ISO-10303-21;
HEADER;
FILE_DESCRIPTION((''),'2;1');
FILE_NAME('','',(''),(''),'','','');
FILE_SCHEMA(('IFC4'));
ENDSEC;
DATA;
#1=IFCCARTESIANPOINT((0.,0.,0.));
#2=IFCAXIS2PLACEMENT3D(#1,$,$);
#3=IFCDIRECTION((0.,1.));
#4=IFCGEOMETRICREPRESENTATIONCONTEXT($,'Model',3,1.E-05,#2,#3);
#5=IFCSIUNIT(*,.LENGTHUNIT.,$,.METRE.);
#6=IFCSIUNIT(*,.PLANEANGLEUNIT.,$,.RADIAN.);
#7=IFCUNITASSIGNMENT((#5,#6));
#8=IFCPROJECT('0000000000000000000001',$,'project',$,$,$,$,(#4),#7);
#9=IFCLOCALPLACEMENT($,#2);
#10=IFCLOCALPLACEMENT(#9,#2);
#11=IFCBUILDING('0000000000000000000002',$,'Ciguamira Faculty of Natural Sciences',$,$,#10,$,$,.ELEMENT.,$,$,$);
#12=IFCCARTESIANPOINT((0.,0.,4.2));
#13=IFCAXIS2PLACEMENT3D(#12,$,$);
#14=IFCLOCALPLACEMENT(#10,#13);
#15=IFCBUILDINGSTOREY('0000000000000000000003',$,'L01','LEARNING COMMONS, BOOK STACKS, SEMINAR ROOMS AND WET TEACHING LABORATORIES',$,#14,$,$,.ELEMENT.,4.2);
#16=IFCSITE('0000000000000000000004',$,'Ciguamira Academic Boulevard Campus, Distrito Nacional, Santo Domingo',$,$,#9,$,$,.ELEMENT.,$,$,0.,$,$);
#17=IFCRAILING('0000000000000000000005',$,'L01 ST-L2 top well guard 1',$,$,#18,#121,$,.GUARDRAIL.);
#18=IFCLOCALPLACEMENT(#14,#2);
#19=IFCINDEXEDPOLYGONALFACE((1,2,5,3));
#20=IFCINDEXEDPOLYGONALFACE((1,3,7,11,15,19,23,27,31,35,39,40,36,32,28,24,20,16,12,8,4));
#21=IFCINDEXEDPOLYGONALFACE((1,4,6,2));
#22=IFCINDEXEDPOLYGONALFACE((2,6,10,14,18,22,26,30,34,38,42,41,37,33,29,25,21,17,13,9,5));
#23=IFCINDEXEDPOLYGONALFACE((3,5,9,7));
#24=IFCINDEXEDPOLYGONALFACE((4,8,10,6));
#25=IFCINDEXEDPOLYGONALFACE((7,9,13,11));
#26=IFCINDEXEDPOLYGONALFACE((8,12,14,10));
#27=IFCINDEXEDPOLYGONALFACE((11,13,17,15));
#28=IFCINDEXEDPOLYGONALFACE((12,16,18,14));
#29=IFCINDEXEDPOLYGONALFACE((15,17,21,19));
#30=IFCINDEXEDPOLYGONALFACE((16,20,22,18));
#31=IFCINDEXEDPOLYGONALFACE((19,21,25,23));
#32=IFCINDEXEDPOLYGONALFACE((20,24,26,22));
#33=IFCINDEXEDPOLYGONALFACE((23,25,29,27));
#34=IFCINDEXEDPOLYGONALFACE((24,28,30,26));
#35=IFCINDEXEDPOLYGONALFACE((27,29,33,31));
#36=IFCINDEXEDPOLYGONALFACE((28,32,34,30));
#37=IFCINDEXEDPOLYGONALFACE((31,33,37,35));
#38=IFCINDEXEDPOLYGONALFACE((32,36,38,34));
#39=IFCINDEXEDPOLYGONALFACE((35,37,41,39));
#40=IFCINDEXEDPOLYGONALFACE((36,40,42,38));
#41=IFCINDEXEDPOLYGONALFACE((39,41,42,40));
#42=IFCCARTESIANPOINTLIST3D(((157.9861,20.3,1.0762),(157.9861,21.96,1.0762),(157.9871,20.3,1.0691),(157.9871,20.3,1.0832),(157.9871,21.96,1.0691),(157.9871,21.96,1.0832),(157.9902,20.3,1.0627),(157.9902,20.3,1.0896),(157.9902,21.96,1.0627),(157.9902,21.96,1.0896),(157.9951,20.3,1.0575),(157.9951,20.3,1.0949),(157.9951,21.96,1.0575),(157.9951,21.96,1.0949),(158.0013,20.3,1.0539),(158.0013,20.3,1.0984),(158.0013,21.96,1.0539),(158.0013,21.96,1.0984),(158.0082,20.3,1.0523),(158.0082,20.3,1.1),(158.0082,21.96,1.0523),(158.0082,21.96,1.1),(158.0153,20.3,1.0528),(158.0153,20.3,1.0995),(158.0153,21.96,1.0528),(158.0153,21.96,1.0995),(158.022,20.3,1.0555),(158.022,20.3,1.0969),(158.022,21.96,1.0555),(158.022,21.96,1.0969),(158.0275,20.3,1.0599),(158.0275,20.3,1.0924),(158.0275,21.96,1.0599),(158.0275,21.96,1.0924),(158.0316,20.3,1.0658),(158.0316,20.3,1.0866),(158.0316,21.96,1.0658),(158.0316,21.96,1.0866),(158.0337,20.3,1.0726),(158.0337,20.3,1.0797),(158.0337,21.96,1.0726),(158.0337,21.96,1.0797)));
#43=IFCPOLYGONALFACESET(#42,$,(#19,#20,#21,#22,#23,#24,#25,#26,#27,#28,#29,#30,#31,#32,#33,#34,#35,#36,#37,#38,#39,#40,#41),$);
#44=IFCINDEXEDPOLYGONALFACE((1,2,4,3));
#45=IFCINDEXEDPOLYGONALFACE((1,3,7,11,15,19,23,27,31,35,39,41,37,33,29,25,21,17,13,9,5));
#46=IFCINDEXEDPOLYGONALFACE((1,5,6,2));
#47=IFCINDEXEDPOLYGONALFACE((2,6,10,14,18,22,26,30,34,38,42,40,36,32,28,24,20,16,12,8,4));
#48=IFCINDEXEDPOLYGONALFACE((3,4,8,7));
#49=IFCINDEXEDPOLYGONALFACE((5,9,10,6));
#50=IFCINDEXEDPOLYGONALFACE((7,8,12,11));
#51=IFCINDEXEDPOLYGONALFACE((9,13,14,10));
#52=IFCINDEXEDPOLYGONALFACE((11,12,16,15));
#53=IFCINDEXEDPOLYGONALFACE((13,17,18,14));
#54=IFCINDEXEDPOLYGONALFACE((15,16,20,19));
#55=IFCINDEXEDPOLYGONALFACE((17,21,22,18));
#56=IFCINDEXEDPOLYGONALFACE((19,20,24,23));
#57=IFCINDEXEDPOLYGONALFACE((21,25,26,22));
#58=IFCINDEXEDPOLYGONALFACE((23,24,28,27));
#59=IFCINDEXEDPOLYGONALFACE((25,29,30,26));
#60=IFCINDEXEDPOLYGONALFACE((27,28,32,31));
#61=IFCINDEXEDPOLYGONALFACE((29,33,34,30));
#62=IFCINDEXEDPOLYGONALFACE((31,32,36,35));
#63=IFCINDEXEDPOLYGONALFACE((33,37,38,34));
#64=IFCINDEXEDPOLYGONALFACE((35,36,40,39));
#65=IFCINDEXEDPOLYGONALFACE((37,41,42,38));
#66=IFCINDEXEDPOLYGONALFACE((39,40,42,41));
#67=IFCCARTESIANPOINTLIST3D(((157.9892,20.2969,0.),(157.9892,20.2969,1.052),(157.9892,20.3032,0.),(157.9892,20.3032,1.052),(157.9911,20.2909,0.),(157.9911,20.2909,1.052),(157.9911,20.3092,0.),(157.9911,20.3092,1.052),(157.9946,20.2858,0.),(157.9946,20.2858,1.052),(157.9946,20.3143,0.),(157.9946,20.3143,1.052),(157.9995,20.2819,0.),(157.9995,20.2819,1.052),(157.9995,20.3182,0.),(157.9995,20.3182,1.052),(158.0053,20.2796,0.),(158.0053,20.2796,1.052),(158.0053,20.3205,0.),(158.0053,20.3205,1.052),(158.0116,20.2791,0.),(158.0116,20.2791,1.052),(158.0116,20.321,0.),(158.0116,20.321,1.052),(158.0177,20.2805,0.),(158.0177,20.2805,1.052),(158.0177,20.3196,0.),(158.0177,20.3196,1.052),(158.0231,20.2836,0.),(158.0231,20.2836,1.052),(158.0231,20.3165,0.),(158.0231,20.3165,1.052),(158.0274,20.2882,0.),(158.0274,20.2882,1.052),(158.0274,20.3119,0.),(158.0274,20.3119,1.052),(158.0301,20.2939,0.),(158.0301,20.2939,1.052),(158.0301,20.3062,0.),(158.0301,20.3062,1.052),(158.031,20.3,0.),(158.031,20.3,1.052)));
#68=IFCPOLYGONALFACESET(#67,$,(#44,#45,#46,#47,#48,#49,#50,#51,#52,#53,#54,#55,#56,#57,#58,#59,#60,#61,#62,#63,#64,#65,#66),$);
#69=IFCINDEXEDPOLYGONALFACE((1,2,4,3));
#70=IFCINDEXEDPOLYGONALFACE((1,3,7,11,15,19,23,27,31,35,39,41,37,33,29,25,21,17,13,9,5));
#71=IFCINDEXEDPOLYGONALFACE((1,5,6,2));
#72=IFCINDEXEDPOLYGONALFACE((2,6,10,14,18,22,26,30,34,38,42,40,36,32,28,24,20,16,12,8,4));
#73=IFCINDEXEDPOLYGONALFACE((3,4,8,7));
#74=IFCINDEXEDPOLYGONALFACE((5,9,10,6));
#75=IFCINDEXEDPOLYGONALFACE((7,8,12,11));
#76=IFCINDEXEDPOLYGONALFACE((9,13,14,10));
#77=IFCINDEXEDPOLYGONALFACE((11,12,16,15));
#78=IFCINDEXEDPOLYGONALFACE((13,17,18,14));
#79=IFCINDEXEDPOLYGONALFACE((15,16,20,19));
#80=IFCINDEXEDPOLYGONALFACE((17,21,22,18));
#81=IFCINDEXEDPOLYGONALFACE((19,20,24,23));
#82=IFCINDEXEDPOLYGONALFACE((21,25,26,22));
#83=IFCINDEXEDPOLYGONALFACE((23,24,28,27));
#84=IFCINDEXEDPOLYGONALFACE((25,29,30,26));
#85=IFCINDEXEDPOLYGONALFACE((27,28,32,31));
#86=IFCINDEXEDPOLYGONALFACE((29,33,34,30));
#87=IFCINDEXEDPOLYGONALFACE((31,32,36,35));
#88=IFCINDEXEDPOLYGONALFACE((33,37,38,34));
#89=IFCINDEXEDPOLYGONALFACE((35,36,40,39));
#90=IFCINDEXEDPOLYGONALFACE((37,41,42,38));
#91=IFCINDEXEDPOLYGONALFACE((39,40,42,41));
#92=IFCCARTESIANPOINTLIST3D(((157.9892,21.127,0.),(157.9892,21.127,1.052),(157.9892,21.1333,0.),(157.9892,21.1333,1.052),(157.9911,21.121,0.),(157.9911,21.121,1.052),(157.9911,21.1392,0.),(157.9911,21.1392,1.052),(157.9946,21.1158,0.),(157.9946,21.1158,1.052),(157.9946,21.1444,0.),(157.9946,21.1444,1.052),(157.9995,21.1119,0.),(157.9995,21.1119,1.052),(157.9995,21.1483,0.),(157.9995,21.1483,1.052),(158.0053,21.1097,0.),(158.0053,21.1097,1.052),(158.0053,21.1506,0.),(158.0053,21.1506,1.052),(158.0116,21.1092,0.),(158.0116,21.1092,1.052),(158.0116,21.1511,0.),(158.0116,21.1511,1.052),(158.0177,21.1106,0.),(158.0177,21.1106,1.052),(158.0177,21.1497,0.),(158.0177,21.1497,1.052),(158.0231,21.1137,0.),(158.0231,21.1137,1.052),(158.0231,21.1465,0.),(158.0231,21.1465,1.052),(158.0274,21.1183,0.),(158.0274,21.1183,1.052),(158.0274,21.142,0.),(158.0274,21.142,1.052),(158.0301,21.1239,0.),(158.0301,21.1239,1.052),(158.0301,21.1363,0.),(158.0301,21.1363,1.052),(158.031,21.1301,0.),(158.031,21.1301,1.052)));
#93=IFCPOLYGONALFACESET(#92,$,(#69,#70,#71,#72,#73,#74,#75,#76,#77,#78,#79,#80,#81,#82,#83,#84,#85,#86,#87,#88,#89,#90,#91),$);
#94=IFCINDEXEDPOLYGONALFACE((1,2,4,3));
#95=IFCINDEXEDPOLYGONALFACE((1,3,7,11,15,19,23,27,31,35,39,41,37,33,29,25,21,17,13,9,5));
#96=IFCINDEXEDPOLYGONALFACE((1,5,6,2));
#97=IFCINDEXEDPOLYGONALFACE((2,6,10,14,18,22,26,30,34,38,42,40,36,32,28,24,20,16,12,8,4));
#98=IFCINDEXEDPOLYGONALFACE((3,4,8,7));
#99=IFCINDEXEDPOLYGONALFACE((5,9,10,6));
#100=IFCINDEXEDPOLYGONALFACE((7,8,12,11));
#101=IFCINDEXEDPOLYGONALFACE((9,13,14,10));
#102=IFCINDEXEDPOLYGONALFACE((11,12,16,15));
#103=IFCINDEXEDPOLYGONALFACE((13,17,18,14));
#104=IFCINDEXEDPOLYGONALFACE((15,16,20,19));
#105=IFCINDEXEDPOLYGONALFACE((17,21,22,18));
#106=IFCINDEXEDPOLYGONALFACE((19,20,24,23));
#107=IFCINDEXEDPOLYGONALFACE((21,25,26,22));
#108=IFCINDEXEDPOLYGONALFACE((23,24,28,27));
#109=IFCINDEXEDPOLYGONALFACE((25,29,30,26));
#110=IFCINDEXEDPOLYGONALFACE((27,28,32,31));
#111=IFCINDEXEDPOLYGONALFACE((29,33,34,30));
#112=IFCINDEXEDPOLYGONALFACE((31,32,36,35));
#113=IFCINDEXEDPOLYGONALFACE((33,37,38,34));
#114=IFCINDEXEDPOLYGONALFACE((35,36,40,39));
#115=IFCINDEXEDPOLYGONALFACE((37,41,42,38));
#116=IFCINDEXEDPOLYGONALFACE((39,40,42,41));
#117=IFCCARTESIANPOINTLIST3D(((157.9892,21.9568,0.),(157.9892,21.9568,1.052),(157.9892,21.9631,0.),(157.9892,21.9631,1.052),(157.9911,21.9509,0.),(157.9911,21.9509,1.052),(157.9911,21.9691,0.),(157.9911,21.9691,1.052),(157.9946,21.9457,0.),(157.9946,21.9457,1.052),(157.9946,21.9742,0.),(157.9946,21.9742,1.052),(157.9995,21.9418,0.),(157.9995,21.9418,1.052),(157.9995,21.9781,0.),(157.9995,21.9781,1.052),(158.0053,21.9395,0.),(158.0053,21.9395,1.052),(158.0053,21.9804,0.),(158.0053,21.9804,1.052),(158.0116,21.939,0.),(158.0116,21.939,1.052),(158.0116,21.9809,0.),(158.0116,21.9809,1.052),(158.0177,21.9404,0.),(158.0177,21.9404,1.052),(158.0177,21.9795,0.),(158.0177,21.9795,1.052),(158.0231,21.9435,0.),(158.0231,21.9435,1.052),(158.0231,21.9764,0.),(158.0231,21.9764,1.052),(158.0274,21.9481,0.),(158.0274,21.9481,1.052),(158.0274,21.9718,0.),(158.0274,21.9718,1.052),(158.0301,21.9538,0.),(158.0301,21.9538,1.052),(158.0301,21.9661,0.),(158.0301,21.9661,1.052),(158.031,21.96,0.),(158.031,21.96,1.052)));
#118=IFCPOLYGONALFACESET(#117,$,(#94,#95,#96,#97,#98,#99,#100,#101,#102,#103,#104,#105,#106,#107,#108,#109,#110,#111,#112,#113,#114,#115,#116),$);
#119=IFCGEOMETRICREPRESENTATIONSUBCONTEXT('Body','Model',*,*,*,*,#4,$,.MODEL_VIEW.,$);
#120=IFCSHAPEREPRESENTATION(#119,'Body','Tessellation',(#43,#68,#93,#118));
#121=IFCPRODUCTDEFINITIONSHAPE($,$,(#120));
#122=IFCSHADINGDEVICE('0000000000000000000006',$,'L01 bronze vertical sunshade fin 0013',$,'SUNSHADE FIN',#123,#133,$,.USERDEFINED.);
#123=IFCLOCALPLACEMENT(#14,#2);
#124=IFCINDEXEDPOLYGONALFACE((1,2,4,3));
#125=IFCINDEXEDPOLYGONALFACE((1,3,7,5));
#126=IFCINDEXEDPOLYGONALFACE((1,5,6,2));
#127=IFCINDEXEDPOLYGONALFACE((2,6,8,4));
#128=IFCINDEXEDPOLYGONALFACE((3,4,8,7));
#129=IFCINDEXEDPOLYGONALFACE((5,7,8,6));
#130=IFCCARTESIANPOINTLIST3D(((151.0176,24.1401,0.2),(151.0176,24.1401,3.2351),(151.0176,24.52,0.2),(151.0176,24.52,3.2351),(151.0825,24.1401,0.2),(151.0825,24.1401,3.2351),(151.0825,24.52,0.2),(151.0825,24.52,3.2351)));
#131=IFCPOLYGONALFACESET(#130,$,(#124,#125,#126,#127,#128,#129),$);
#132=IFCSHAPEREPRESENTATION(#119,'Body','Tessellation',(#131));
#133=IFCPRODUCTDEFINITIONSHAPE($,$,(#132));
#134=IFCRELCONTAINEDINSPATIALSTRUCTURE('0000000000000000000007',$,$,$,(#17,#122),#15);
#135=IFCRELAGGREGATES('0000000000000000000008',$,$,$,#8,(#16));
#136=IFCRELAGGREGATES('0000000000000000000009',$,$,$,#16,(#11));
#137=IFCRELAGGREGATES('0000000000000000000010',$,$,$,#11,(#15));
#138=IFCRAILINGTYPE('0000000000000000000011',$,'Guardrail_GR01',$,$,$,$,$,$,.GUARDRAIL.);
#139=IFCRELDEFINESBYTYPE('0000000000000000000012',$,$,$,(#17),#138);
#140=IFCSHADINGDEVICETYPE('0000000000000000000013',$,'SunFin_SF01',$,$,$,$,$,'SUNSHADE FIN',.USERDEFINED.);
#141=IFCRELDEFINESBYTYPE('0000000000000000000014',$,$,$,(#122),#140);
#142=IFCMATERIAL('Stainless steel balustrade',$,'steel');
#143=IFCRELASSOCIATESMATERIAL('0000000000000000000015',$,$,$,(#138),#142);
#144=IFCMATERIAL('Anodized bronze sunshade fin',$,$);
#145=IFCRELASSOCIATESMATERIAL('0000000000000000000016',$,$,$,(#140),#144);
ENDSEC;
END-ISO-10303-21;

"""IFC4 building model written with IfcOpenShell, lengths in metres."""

from ifc_helpers import new_model, si_unit, direction, frame, origin, origin_2d, place, context, subcontext, project, spatial, rectangle, circle, extrude, material, material_profile, profile_set, type_object, element, save


model = new_model("IFC4")

# Units and contexts
model_context = context("Model", 3, precision=1e-05, world=origin(), true_north=direction((0.0, 1.0)))
body_context = subcontext(model_context, "Body", "Model", "MODEL_VIEW")
ifc_project = project(units=[si_unit("LENGTHUNIT", "METRE"), si_unit("PLANEANGLEUNIT", "RADIAN")], contexts=[model_context])

# Site, building, storey
site_placement = place(None, origin())
site = spatial("IfcSite", under=ifc_project, at=site_placement, Name="Ciguamira Academic Boulevard Campus, Distrito Nacional, Santo Domingo", CompositionType="ELEMENT", RefElevation=0.0)
building_placement = place(site_placement, origin())
building = spatial("IfcBuilding", under=site, at=building_placement, Name="Ciguamira Faculty of Natural Sciences", CompositionType="ELEMENT")
storey_placement = place(building_placement, frame((0.0, 0.0, 4.2)))
storey = spatial("IfcBuildingStorey", under=building, at=storey_placement, Name="L01", Description="LEARNING COMMONS, BOOK STACKS, SEMINAR ROOMS AND WET TEACHING LABORATORIES", CompositionType="ELEMENT", Elevation=4.2)

# Railing
ifc_material_1 = material(Name="Stainless steel balustrade", Category="steel")
railing_type = type_object("IfcRailingType", Name="Guardrail_GR01", PredefinedType="GUARDRAIL", material=ifc_material_1)
railing_placement = place(storey_placement, frame((158.01, 20.3, 0.0)))
element("IfcRailing", 1, at=railing_placement, inside=storey, type_object=railing_type, Name="L01 ST-L2 top well guard 1", PredefinedType="GUARDRAIL", context=body_context, shape_type="SweptSolid", body=[
    extrude(circle(Radius=0.0239, at=origin_2d()), frame((0.0, 0.0, 1.0762), z_axis=(0.0, 1.0, 0.0), x_axis=(-1.0, 0.0, 0.0)), (0.0, 0.0, 1.0), 1.6599),
    extrude(circle(Radius=0.021, at=origin_2d()), origin(), (0.0, 0.0, 1.0), 1.052),
    extrude(circle(Radius=0.021, at=origin_2d()), frame((0.0, 0.8301, 0.0)), (0.0, 0.0, 1.0), 1.052),
    extrude(circle(Radius=0.021, at=origin_2d()), frame((0.0, 1.6599, 0.0)), (0.0, 0.0, 1.0), 1.052),
])

# Shading device
ifc_material_2 = material(Name="Anodized bronze sunshade fin")
ifc_material_profile_1 = material_profile(ifc_material_2, rectangle(XDim=0.0649, YDim=0.3799, at=origin_2d()), Name="BRZ-FIN-65X380")
ifc_profile_set_1 = profile_set([ifc_material_profile_1], Name="Anodized bronze sunshade fin")
shading_device_type = type_object("IfcShadingDeviceType", Name="SunFin_SF01", ElementType="SUNSHADE FIN", PredefinedType="USERDEFINED", material=ifc_profile_set_1)
shading_device_placement = place(storey_placement, frame((151.05, 24.3301, 0.2), z_axis=(0.0, 0.0, 1.0), x_axis=(1.0, 0.0, 0.0)))
element("IfcShadingDevice", 2, at=shading_device_placement, inside=storey, type_object=shading_device_type, Name="L01 bronze vertical sunshade fin 0013", ObjectType="SUNSHADE FIN", PredefinedType="USERDEFINED", context=body_context, shape_type="SweptSolid", body=[
    extrude(rectangle(XDim=0.0649, YDim=0.3799, at=origin_2d()), origin(), (0.0, 0.0, 1.0), 3.0352),
])

save(model, "model.ifc")
